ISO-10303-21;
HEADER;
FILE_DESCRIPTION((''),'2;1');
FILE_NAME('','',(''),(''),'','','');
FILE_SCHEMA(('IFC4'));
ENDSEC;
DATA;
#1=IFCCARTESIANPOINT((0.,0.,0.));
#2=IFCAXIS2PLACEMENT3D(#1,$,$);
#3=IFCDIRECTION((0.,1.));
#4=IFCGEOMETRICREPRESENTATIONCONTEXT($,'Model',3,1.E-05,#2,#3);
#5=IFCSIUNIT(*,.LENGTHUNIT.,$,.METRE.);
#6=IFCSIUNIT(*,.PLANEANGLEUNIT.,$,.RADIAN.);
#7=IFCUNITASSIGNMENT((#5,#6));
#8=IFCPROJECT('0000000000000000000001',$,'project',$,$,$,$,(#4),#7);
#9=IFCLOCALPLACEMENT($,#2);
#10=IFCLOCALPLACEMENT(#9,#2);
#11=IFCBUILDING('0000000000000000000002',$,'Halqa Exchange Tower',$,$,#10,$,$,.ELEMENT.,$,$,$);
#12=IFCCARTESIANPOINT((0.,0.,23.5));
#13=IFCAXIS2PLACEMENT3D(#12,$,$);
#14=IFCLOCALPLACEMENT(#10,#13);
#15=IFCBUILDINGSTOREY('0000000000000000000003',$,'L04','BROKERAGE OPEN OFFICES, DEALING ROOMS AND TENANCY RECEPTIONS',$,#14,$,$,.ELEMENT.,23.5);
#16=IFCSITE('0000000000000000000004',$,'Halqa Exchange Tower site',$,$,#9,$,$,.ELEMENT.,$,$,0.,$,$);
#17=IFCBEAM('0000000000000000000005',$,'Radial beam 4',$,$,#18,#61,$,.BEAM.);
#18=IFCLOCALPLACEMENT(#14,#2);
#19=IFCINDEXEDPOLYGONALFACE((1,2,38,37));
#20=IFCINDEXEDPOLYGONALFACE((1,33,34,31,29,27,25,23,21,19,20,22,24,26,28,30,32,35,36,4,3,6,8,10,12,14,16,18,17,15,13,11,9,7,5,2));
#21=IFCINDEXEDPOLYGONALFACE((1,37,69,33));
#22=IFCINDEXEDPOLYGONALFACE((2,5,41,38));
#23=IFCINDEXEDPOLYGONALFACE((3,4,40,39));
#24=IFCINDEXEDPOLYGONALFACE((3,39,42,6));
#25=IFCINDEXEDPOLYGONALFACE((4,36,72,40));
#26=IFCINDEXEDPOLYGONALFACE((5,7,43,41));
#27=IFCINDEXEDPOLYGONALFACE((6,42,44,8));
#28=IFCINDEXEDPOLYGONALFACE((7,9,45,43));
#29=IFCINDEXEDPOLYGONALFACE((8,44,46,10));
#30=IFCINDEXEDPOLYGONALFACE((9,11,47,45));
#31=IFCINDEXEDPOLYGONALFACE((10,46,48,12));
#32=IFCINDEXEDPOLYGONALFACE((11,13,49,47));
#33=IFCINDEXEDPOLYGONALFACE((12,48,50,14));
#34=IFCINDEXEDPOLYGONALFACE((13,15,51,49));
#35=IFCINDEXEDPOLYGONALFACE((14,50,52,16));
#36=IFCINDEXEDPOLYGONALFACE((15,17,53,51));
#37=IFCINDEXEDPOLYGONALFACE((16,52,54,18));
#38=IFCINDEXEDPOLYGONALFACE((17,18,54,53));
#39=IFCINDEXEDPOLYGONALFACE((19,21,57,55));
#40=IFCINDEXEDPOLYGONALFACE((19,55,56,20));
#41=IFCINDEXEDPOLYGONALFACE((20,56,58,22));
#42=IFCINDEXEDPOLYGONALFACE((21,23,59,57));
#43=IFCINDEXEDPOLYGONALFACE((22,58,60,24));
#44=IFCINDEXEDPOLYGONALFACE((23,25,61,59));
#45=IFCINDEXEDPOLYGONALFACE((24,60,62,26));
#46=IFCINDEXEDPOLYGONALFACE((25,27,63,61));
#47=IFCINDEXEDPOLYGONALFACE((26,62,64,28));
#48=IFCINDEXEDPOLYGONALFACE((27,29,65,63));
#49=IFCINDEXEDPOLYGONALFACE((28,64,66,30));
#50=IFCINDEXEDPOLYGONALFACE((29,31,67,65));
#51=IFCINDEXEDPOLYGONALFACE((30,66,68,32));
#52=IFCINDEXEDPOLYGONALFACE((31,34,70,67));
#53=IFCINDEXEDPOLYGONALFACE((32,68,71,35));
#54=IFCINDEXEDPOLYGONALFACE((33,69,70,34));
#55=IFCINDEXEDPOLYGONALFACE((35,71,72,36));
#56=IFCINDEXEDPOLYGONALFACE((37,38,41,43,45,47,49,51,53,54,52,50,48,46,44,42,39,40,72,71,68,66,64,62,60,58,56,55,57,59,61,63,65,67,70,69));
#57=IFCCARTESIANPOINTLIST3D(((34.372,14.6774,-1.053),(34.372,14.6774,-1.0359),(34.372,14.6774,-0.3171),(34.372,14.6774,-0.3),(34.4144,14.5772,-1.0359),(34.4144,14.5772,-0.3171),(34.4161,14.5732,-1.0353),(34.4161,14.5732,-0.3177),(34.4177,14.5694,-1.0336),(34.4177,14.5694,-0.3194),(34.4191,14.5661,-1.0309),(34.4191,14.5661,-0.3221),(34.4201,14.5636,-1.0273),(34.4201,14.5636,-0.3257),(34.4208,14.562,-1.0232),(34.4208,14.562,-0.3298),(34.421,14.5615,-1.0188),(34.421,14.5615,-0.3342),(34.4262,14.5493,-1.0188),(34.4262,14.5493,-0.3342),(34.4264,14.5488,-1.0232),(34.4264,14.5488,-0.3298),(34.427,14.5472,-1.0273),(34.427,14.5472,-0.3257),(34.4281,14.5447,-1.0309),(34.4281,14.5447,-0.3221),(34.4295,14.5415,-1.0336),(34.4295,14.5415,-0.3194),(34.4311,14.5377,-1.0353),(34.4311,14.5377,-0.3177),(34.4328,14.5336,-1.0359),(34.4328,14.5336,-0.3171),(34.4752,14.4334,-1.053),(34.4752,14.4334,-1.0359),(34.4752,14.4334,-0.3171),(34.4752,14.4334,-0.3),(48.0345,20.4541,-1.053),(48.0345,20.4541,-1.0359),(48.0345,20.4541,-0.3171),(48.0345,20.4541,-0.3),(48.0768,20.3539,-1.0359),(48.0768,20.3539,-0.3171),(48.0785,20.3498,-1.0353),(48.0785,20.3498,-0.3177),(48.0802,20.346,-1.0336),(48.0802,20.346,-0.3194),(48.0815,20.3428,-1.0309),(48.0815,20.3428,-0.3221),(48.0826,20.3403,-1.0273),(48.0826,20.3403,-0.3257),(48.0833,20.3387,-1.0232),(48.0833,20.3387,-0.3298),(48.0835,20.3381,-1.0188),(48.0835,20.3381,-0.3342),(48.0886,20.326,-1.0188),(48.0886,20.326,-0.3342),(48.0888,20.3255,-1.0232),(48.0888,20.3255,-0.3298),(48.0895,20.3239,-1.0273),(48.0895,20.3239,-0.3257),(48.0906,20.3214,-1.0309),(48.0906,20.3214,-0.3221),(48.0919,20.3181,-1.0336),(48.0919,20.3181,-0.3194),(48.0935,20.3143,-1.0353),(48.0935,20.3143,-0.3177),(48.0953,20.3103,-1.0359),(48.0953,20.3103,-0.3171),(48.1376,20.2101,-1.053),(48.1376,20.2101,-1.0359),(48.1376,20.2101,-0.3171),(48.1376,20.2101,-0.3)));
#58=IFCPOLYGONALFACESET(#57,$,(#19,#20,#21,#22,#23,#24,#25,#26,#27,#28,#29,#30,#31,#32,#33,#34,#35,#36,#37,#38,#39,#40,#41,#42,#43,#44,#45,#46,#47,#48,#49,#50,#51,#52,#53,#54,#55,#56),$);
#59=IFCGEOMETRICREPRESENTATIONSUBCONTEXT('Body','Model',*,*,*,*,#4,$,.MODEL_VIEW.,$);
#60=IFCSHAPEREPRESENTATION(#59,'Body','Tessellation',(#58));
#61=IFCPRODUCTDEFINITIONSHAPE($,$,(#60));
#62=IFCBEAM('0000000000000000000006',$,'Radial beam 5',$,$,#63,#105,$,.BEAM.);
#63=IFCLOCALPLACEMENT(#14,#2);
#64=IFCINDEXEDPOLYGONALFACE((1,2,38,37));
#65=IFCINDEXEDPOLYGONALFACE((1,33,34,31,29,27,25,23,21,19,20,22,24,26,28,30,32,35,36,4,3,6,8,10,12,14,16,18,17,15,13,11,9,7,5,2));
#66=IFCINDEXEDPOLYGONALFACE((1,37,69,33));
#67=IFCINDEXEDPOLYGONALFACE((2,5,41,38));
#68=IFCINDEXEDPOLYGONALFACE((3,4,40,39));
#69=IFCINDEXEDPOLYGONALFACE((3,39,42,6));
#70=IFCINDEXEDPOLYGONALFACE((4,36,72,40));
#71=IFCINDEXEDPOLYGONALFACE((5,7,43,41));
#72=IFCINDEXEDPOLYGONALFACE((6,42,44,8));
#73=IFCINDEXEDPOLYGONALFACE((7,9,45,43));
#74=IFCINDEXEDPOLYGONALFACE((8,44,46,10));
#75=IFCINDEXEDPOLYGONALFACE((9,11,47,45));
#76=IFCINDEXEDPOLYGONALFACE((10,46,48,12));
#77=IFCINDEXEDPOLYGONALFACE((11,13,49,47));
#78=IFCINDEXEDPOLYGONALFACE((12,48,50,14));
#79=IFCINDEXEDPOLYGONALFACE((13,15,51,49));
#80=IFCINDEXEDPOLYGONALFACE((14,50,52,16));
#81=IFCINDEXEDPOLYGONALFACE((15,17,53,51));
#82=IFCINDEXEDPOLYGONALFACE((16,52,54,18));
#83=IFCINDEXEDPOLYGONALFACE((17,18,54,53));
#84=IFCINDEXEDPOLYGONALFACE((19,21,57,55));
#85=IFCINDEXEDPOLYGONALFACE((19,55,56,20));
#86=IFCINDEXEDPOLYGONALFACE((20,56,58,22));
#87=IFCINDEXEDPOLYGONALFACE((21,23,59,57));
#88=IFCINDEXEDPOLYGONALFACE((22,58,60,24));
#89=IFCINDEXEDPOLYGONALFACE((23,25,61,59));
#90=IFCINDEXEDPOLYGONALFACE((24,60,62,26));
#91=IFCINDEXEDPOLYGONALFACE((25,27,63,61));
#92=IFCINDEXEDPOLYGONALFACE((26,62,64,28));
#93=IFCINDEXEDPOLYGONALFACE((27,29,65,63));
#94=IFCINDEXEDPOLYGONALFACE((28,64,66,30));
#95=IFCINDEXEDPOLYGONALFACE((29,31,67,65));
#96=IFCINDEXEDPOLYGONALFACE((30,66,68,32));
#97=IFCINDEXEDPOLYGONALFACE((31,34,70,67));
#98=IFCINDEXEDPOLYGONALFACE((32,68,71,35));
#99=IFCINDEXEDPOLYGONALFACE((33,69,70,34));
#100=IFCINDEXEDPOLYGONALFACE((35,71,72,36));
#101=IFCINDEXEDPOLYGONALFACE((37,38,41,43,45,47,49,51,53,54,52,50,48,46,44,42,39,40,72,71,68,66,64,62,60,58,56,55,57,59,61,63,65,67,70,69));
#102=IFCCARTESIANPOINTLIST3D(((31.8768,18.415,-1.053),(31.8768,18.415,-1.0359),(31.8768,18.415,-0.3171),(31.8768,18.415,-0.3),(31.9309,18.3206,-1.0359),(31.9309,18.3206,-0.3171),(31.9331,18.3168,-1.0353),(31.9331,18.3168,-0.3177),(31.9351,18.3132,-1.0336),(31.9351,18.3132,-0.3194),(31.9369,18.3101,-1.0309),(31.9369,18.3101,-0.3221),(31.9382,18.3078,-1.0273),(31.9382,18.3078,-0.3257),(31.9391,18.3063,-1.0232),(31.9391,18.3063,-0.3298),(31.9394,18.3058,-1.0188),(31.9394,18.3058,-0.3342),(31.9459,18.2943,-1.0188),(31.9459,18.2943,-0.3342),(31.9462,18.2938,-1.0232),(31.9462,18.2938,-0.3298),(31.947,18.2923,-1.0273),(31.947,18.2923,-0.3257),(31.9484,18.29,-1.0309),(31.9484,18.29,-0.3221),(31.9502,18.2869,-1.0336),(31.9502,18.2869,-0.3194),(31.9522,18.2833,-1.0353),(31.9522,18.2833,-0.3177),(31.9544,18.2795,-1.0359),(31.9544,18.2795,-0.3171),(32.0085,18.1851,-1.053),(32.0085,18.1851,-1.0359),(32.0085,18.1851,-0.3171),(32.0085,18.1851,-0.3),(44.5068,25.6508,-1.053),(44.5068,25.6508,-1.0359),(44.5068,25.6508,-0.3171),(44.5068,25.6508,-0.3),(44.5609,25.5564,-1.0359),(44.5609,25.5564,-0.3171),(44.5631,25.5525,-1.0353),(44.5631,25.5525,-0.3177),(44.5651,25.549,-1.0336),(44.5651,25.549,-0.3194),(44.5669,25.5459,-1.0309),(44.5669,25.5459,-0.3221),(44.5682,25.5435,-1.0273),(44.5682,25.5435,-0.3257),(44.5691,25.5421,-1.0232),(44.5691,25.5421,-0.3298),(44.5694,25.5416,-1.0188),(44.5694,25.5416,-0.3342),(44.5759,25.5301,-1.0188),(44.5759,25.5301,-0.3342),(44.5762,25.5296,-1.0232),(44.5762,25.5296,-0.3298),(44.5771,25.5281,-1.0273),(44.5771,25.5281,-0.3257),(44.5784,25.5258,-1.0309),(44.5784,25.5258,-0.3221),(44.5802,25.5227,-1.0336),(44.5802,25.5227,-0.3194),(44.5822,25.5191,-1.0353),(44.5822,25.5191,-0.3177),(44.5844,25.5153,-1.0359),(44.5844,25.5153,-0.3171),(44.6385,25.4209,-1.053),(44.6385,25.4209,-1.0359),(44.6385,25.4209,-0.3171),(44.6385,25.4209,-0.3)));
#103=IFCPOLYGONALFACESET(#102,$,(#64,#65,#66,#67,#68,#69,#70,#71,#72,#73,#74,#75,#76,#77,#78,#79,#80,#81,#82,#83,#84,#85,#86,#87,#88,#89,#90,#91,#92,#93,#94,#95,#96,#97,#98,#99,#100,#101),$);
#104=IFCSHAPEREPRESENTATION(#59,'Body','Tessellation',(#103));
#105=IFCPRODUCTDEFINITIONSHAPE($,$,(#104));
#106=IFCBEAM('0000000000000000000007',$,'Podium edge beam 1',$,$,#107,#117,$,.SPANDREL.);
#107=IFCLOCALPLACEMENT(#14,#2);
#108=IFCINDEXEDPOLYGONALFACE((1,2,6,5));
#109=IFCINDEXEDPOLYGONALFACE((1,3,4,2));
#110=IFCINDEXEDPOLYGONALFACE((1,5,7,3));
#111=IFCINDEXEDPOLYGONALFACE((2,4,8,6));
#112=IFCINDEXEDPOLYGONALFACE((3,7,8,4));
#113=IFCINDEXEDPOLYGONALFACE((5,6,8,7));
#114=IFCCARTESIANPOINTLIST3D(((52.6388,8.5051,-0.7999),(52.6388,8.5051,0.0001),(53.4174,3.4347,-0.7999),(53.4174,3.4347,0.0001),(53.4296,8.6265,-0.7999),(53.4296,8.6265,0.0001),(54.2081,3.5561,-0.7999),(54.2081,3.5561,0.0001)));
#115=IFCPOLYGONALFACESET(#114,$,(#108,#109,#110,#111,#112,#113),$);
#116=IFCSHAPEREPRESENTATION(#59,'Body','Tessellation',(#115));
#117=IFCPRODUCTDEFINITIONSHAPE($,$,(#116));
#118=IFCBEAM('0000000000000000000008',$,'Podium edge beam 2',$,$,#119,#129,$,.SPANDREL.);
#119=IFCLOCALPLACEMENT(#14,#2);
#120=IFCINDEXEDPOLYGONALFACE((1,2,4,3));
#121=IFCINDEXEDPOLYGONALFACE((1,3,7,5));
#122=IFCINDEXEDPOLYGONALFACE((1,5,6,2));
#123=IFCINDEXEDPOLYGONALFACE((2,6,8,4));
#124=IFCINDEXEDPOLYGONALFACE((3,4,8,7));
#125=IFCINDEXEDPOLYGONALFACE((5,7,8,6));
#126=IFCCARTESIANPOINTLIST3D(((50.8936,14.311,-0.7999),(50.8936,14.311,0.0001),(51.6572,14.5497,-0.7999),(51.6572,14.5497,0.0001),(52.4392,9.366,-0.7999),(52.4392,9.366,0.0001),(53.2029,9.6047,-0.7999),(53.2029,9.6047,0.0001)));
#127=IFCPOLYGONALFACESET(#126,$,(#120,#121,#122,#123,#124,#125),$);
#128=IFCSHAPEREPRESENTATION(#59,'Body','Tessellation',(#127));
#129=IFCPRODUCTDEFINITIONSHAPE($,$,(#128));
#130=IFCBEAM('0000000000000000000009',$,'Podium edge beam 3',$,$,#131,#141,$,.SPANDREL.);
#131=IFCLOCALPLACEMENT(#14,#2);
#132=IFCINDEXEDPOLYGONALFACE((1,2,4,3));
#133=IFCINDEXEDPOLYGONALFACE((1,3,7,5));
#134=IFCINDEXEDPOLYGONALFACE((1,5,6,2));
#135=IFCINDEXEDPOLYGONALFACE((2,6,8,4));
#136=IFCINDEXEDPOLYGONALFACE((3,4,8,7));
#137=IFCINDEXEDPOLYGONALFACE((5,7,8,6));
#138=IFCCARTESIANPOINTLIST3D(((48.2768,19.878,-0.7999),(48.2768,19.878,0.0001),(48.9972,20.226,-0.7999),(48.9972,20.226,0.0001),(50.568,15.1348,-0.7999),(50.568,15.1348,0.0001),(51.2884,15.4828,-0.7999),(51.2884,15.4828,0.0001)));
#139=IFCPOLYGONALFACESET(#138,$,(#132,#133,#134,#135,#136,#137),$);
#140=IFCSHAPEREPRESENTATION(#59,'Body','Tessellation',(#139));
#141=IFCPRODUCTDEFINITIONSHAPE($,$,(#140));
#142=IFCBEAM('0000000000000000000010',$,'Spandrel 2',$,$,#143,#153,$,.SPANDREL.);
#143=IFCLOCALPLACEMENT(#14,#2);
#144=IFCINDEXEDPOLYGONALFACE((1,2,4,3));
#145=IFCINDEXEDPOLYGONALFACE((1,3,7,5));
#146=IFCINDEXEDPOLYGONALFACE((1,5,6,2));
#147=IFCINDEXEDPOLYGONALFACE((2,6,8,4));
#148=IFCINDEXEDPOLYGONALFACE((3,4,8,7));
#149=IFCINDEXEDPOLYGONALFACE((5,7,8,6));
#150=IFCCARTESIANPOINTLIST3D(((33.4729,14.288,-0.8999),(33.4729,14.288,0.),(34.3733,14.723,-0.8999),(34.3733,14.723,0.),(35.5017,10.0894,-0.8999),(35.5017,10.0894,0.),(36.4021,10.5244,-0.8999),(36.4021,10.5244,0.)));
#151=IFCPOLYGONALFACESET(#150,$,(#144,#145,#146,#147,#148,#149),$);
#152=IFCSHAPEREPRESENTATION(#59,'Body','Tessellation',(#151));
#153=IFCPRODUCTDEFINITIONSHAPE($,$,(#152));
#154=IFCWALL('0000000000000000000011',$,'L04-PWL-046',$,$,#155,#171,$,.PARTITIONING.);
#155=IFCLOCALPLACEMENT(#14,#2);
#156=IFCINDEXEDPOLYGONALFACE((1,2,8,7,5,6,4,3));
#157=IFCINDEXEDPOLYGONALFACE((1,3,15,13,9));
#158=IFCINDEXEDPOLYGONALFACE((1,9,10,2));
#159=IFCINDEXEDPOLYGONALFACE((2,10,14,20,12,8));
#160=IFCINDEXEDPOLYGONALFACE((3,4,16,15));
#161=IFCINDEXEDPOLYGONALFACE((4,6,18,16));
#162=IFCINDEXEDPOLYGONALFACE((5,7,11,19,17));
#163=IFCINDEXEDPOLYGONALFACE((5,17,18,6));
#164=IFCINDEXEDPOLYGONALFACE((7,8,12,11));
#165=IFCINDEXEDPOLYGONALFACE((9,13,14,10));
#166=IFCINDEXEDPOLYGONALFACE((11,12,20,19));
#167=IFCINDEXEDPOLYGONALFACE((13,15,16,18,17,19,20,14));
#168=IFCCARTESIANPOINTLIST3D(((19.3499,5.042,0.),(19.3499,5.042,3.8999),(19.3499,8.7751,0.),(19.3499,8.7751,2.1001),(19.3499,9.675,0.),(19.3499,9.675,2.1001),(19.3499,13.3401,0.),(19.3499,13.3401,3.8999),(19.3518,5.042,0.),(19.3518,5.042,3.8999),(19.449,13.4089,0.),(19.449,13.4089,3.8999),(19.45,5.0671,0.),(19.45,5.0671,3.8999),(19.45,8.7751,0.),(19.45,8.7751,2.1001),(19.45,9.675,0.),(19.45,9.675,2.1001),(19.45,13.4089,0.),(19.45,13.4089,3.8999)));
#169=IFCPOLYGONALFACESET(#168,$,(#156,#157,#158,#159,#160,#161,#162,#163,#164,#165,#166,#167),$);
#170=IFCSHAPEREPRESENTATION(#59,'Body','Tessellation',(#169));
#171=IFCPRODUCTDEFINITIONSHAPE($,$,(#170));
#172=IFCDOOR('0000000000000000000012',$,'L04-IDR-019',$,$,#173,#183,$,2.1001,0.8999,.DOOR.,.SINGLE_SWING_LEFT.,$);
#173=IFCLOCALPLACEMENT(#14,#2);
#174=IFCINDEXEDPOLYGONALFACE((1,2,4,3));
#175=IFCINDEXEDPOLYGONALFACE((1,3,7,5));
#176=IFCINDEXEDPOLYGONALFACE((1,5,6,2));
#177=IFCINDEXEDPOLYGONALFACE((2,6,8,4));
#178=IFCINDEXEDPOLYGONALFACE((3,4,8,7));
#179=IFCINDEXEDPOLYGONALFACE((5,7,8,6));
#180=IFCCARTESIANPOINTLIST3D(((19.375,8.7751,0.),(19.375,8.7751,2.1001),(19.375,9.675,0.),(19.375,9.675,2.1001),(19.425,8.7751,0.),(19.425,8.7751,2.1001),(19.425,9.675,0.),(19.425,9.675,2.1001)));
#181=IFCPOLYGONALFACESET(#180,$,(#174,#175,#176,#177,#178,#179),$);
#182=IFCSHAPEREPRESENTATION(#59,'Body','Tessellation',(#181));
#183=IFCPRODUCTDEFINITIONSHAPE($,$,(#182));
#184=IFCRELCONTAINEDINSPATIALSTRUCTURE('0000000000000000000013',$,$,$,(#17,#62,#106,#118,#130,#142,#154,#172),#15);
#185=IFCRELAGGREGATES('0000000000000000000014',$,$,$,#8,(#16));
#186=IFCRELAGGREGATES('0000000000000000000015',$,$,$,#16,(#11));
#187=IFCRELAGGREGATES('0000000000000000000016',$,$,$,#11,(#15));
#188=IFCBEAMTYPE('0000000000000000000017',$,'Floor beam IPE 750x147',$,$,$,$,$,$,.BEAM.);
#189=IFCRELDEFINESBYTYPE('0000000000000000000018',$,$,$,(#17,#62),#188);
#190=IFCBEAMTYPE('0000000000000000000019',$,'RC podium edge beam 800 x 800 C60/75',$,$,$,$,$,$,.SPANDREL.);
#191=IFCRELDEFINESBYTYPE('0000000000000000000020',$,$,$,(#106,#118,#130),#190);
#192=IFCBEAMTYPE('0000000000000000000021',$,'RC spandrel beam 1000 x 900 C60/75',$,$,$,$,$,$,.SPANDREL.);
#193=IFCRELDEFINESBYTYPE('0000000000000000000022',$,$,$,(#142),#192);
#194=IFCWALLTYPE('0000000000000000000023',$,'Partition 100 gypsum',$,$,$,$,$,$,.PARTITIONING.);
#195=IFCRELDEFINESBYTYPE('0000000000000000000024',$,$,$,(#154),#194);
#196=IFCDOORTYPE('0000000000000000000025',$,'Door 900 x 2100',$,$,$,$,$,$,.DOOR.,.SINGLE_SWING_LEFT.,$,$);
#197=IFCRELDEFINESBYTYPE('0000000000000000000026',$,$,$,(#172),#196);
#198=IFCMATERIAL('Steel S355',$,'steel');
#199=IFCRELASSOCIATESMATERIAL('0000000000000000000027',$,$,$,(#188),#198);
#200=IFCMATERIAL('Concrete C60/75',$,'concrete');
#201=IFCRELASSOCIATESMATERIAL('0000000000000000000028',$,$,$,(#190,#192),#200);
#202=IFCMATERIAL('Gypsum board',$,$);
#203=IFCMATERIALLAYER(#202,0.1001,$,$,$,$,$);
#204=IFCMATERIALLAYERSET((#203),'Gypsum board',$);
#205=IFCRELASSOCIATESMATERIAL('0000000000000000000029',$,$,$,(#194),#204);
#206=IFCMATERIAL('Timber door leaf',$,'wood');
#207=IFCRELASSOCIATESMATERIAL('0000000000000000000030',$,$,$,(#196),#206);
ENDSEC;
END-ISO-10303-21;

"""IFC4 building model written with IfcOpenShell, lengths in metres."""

from ifc_helpers import new_model, si_unit, direction, frame, frame_2d, origin, origin_2d, place, context, subcontext, project, spatial, polyline, rectangle, i_section, outline, extrude, material, layer, layer_set, material_profile, profile_set, type_object, element, fill, save


model = new_model("IFC4")

# Units and contexts
model_context = context("Model", 3, precision=1e-05, world=origin(), true_north=direction((0.0, 1.0)))
body_context = subcontext(model_context, "Body", "Model", "MODEL_VIEW")
ifc_project = project(units=[si_unit("LENGTHUNIT", "METRE"), si_unit("PLANEANGLEUNIT", "RADIAN")], contexts=[model_context])

# Site, building, storey
site_placement = place(None, origin())
site = spatial("IfcSite", under=ifc_project, at=site_placement, Name="Halqa Exchange Tower site", CompositionType="ELEMENT", RefElevation=0.0)
building_placement = place(site_placement, origin())
building = spatial("IfcBuilding", under=site, at=building_placement, Name="Halqa Exchange Tower", CompositionType="ELEMENT")
storey_placement = place(building_placement, frame((0.0, 0.0, 23.5)))
storey = spatial("IfcBuildingStorey", under=building, at=storey_placement, Name="L04", Description="BROKERAGE OPEN OFFICES, DEALING ROOMS AND TENANCY RECEPTIONS", CompositionType="ELEMENT", Elevation=23.5)

# Beams
ifc_material_1 = material(Name="Steel S355", Category="steel")
ifc_material_profile_1 = material_profile(ifc_material_1, i_section(OverallWidth=0.2649, OverallDepth=0.7529, WebThickness=0.0132, FlangeThickness=0.0171, FilletRadius=0.0171, at=origin_2d()), Name="IPE 750x147")
ifc_profile_set_1 = profile_set([ifc_material_profile_1], Name="Steel S355")
beam_type_1 = type_object("IfcBeamType", Name="Floor beam IPE 750x147", PredefinedType="BEAM", material=ifc_profile_set_1)
beam_1_placement = place(storey_placement, frame((34.4236, 14.5554, -0.6765), z_axis=(0.921055, 0.389433, 0.0), x_axis=(-0.389433, 0.921055, 0.0)))
element("IfcBeam", 1, at=beam_1_placement, inside=storey, type_object=beam_type_1, Name="Radial beam 4", PredefinedType="BEAM", context=body_context, shape_type="SweptSolid", body=[
    extrude(i_section(OverallWidth=0.2649, OverallDepth=0.7529, WebThickness=0.0132, FlangeThickness=0.0171, FilletRadius=0.0171, at=origin_2d()), origin(), (0.0, 0.0, 1.0), 14.8335),
])
beam_2_placement = place(storey_placement, frame((31.9426, 18.3, -0.6765), z_axis=(0.867691, 0.497103, 0.0), x_axis=(-0.497103, 0.867691, 0.0)))
element("IfcBeam", 2, at=beam_2_placement, inside=storey, type_object=beam_type_1, Name="Radial beam 5", PredefinedType="BEAM", context=body_context, shape_type="SweptSolid", body=[
    extrude(i_section(OverallWidth=0.2649, OverallDepth=0.7529, WebThickness=0.0132, FlangeThickness=0.0171, FilletRadius=0.0171, at=origin_2d()), origin(), (0.0, 0.0, 1.0), 14.5559),
])
ifc_material_2 = material(Name="Concrete C60/75", Category="concrete")
ifc_material_profile_2 = material_profile(ifc_material_2, rectangle(XDim=0.8, YDim=0.8, at=origin_2d()), Name="800 x 800")
ifc_profile_set_2 = profile_set([ifc_material_profile_2], Name="Concrete C60/75")
beam_type_2 = type_object("IfcBeamType", Name="RC podium edge beam 800 x 800 C60/75", PredefinedType="SPANDREL", material=ifc_profile_set_2)
beam_3_placement = place(storey_placement, frame((53.8127, 3.4954, -0.3999), z_axis=(-0.151768, 0.988416, 0.0), x_axis=(-0.988416, -0.151768, 0.0)))
element("IfcBeam", 3, at=beam_3_placement, inside=storey, type_object=beam_type_2, Name="Podium edge beam 1", PredefinedType="SPANDREL", context=body_context, shape_type="SweptSolid", body=[
    extrude(rectangle(XDim=0.8, YDim=0.8, at=origin_2d()), origin(), (0.0, 0.0, 1.0), 5.1299),
])
beam_4_placement = place(storey_placement, frame((52.821, 9.4854, -0.3999), z_axis=(-0.298331, 0.954462, 0.0), x_axis=(-0.954462, -0.298331, 0.0)))
element("IfcBeam", 4, at=beam_4_placement, inside=storey, type_object=beam_type_2, Name="Podium edge beam 2", PredefinedType="SPANDREL", context=body_context, shape_type="SweptSolid", body=[
    extrude(rectangle(XDim=0.8, YDim=0.8, at=origin_2d()), origin(), (0.0, 0.0, 1.0), 5.1809),
])
beam_5_placement = place(storey_placement, frame((50.9282, 15.3088, -0.3999), z_axis=(-0.434973, 0.900443, 0.0), x_axis=(-0.900443, -0.434973, 0.0)))
element("IfcBeam", 5, at=beam_5_placement, inside=storey, type_object=beam_type_2, Name="Podium edge beam 3", PredefinedType="SPANDREL", context=body_context, shape_type="SweptSolid", body=[
    extrude(rectangle(XDim=0.8, YDim=0.8, at=origin_2d()), origin(), (0.0, 0.0, 1.0), 5.2676),
])
ifc_material_profile_3 = material_profile(ifc_material_2, rectangle(XDim=1.0, YDim=0.8999, at=origin_2d()), Name="1000 x 900")
ifc_profile_set_3 = profile_set([ifc_material_profile_3], Name="Concrete C60/75")
beam_type_3 = type_object("IfcBeamType", Name="RC spandrel beam 1000 x 900 C60/75", PredefinedType="SPANDREL", material=ifc_profile_set_3)
beam_6_placement = place(storey_placement, frame((35.9519, 10.3069, -0.45), z_axis=(-0.435068, 0.900397, 0.0), x_axis=(-0.900397, -0.435068, 0.0)))
element("IfcBeam", 6, at=beam_6_placement, inside=storey, type_object=beam_type_3, Name="Spandrel 2", PredefinedType="SPANDREL", context=body_context, shape_type="SweptSolid", body=[
    extrude(rectangle(XDim=1.0, YDim=0.8999, at=origin_2d()), origin(), (0.0, 0.0, 1.0), 4.6631),
])

# Wall, opening, door
ifc_material_3 = material(Name="Gypsum board")
ifc_layer_1 = layer(ifc_material_3, 0.1001)
ifc_layer_set_1 = layer_set([ifc_layer_1], Name="Gypsum board")
wall_type_1 = type_object("IfcWallType", Name="Partition 100 gypsum", PredefinedType="PARTITIONING", material=ifc_layer_set_1)
ifc_material_4 = material(Name="Timber door leaf", Category="wood")
door_type_1 = type_object("IfcDoorType", Name="Door 900 x 2100", OperationType="SINGLE_SWING_LEFT", PredefinedType="DOOR", material=ifc_material_4)
wall_1_placement = place(storey_placement, frame((19.3999, 13.4089, 0.0), z_axis=(0.0, 0.0, 1.0), x_axis=(0.0, -1.0, 0.0)))
wall_1 = element("IfcWall", 7, at=wall_1_placement, inside=storey, type_object=wall_type_1, Name="L04-PWL-046", PredefinedType="PARTITIONING", context=body_context, shape_type="SweptSolid", body=[
    extrude(outline(polyline([(8.3669, -0.05), (8.3669, -0.0481), (8.3418, 0.05), (6.6733, 0.05), (5.0051, 0.05), (3.3367, 0.05), (1.6685, 0.05), (0.0, 0.05), (0.0, 0.0491), (0.0688, -0.05), (1.7285, -0.05), (3.3882, -0.05), (5.0476, -0.05), (6.7073, -0.05), (8.3669, -0.05)])), origin(), (0.0, 0.0, 1.0), 3.8999),
])
opening_1_placement = place(wall_1_placement, frame((3.7339, 0.0, 0.0)))
opening_1 = element("IfcOpeningElement", 8, at=opening_1_placement, cuts=wall_1, PredefinedType="OPENING", context=body_context, shape_type="SweptSolid", body=[
    extrude(rectangle(XDim=0.8999, YDim=2.1001, at=frame_2d((0.45, 1.05))), frame((0.0, 0.062, 0.0), z_axis=(0.0, -1.0, 0.0), x_axis=(1.0, 0.0, 0.0)), (0.0, 0.0, 1.0), 0.124),
])
door_1_placement = place(opening_1_placement, frame((0.8999, 0.0, 0.0), z_axis=(0.0, 0.0, 1.0), x_axis=(-1.0, 0.0, 0.0)))
door_1 = element("IfcDoor", 9, at=door_1_placement, inside=storey, type_object=door_type_1, Name="L04-IDR-019", OperationType="SINGLE_SWING_LEFT", OverallHeight=2.1001, OverallWidth=0.8999, PredefinedType="DOOR", context=body_context, shape_type="SweptSolid", body=[
    extrude(rectangle(XDim=0.8999, YDim=2.1001, at=frame_2d((0.45, 1.05))), frame((0.0, 0.0249, 0.0), z_axis=(0.0, -1.0, 0.0), x_axis=(1.0, 0.0, 0.0)), (0.0, 0.0, 1.0), 0.05),
])
fill(opening_1, door_1)

save(model, "model.ifc")
